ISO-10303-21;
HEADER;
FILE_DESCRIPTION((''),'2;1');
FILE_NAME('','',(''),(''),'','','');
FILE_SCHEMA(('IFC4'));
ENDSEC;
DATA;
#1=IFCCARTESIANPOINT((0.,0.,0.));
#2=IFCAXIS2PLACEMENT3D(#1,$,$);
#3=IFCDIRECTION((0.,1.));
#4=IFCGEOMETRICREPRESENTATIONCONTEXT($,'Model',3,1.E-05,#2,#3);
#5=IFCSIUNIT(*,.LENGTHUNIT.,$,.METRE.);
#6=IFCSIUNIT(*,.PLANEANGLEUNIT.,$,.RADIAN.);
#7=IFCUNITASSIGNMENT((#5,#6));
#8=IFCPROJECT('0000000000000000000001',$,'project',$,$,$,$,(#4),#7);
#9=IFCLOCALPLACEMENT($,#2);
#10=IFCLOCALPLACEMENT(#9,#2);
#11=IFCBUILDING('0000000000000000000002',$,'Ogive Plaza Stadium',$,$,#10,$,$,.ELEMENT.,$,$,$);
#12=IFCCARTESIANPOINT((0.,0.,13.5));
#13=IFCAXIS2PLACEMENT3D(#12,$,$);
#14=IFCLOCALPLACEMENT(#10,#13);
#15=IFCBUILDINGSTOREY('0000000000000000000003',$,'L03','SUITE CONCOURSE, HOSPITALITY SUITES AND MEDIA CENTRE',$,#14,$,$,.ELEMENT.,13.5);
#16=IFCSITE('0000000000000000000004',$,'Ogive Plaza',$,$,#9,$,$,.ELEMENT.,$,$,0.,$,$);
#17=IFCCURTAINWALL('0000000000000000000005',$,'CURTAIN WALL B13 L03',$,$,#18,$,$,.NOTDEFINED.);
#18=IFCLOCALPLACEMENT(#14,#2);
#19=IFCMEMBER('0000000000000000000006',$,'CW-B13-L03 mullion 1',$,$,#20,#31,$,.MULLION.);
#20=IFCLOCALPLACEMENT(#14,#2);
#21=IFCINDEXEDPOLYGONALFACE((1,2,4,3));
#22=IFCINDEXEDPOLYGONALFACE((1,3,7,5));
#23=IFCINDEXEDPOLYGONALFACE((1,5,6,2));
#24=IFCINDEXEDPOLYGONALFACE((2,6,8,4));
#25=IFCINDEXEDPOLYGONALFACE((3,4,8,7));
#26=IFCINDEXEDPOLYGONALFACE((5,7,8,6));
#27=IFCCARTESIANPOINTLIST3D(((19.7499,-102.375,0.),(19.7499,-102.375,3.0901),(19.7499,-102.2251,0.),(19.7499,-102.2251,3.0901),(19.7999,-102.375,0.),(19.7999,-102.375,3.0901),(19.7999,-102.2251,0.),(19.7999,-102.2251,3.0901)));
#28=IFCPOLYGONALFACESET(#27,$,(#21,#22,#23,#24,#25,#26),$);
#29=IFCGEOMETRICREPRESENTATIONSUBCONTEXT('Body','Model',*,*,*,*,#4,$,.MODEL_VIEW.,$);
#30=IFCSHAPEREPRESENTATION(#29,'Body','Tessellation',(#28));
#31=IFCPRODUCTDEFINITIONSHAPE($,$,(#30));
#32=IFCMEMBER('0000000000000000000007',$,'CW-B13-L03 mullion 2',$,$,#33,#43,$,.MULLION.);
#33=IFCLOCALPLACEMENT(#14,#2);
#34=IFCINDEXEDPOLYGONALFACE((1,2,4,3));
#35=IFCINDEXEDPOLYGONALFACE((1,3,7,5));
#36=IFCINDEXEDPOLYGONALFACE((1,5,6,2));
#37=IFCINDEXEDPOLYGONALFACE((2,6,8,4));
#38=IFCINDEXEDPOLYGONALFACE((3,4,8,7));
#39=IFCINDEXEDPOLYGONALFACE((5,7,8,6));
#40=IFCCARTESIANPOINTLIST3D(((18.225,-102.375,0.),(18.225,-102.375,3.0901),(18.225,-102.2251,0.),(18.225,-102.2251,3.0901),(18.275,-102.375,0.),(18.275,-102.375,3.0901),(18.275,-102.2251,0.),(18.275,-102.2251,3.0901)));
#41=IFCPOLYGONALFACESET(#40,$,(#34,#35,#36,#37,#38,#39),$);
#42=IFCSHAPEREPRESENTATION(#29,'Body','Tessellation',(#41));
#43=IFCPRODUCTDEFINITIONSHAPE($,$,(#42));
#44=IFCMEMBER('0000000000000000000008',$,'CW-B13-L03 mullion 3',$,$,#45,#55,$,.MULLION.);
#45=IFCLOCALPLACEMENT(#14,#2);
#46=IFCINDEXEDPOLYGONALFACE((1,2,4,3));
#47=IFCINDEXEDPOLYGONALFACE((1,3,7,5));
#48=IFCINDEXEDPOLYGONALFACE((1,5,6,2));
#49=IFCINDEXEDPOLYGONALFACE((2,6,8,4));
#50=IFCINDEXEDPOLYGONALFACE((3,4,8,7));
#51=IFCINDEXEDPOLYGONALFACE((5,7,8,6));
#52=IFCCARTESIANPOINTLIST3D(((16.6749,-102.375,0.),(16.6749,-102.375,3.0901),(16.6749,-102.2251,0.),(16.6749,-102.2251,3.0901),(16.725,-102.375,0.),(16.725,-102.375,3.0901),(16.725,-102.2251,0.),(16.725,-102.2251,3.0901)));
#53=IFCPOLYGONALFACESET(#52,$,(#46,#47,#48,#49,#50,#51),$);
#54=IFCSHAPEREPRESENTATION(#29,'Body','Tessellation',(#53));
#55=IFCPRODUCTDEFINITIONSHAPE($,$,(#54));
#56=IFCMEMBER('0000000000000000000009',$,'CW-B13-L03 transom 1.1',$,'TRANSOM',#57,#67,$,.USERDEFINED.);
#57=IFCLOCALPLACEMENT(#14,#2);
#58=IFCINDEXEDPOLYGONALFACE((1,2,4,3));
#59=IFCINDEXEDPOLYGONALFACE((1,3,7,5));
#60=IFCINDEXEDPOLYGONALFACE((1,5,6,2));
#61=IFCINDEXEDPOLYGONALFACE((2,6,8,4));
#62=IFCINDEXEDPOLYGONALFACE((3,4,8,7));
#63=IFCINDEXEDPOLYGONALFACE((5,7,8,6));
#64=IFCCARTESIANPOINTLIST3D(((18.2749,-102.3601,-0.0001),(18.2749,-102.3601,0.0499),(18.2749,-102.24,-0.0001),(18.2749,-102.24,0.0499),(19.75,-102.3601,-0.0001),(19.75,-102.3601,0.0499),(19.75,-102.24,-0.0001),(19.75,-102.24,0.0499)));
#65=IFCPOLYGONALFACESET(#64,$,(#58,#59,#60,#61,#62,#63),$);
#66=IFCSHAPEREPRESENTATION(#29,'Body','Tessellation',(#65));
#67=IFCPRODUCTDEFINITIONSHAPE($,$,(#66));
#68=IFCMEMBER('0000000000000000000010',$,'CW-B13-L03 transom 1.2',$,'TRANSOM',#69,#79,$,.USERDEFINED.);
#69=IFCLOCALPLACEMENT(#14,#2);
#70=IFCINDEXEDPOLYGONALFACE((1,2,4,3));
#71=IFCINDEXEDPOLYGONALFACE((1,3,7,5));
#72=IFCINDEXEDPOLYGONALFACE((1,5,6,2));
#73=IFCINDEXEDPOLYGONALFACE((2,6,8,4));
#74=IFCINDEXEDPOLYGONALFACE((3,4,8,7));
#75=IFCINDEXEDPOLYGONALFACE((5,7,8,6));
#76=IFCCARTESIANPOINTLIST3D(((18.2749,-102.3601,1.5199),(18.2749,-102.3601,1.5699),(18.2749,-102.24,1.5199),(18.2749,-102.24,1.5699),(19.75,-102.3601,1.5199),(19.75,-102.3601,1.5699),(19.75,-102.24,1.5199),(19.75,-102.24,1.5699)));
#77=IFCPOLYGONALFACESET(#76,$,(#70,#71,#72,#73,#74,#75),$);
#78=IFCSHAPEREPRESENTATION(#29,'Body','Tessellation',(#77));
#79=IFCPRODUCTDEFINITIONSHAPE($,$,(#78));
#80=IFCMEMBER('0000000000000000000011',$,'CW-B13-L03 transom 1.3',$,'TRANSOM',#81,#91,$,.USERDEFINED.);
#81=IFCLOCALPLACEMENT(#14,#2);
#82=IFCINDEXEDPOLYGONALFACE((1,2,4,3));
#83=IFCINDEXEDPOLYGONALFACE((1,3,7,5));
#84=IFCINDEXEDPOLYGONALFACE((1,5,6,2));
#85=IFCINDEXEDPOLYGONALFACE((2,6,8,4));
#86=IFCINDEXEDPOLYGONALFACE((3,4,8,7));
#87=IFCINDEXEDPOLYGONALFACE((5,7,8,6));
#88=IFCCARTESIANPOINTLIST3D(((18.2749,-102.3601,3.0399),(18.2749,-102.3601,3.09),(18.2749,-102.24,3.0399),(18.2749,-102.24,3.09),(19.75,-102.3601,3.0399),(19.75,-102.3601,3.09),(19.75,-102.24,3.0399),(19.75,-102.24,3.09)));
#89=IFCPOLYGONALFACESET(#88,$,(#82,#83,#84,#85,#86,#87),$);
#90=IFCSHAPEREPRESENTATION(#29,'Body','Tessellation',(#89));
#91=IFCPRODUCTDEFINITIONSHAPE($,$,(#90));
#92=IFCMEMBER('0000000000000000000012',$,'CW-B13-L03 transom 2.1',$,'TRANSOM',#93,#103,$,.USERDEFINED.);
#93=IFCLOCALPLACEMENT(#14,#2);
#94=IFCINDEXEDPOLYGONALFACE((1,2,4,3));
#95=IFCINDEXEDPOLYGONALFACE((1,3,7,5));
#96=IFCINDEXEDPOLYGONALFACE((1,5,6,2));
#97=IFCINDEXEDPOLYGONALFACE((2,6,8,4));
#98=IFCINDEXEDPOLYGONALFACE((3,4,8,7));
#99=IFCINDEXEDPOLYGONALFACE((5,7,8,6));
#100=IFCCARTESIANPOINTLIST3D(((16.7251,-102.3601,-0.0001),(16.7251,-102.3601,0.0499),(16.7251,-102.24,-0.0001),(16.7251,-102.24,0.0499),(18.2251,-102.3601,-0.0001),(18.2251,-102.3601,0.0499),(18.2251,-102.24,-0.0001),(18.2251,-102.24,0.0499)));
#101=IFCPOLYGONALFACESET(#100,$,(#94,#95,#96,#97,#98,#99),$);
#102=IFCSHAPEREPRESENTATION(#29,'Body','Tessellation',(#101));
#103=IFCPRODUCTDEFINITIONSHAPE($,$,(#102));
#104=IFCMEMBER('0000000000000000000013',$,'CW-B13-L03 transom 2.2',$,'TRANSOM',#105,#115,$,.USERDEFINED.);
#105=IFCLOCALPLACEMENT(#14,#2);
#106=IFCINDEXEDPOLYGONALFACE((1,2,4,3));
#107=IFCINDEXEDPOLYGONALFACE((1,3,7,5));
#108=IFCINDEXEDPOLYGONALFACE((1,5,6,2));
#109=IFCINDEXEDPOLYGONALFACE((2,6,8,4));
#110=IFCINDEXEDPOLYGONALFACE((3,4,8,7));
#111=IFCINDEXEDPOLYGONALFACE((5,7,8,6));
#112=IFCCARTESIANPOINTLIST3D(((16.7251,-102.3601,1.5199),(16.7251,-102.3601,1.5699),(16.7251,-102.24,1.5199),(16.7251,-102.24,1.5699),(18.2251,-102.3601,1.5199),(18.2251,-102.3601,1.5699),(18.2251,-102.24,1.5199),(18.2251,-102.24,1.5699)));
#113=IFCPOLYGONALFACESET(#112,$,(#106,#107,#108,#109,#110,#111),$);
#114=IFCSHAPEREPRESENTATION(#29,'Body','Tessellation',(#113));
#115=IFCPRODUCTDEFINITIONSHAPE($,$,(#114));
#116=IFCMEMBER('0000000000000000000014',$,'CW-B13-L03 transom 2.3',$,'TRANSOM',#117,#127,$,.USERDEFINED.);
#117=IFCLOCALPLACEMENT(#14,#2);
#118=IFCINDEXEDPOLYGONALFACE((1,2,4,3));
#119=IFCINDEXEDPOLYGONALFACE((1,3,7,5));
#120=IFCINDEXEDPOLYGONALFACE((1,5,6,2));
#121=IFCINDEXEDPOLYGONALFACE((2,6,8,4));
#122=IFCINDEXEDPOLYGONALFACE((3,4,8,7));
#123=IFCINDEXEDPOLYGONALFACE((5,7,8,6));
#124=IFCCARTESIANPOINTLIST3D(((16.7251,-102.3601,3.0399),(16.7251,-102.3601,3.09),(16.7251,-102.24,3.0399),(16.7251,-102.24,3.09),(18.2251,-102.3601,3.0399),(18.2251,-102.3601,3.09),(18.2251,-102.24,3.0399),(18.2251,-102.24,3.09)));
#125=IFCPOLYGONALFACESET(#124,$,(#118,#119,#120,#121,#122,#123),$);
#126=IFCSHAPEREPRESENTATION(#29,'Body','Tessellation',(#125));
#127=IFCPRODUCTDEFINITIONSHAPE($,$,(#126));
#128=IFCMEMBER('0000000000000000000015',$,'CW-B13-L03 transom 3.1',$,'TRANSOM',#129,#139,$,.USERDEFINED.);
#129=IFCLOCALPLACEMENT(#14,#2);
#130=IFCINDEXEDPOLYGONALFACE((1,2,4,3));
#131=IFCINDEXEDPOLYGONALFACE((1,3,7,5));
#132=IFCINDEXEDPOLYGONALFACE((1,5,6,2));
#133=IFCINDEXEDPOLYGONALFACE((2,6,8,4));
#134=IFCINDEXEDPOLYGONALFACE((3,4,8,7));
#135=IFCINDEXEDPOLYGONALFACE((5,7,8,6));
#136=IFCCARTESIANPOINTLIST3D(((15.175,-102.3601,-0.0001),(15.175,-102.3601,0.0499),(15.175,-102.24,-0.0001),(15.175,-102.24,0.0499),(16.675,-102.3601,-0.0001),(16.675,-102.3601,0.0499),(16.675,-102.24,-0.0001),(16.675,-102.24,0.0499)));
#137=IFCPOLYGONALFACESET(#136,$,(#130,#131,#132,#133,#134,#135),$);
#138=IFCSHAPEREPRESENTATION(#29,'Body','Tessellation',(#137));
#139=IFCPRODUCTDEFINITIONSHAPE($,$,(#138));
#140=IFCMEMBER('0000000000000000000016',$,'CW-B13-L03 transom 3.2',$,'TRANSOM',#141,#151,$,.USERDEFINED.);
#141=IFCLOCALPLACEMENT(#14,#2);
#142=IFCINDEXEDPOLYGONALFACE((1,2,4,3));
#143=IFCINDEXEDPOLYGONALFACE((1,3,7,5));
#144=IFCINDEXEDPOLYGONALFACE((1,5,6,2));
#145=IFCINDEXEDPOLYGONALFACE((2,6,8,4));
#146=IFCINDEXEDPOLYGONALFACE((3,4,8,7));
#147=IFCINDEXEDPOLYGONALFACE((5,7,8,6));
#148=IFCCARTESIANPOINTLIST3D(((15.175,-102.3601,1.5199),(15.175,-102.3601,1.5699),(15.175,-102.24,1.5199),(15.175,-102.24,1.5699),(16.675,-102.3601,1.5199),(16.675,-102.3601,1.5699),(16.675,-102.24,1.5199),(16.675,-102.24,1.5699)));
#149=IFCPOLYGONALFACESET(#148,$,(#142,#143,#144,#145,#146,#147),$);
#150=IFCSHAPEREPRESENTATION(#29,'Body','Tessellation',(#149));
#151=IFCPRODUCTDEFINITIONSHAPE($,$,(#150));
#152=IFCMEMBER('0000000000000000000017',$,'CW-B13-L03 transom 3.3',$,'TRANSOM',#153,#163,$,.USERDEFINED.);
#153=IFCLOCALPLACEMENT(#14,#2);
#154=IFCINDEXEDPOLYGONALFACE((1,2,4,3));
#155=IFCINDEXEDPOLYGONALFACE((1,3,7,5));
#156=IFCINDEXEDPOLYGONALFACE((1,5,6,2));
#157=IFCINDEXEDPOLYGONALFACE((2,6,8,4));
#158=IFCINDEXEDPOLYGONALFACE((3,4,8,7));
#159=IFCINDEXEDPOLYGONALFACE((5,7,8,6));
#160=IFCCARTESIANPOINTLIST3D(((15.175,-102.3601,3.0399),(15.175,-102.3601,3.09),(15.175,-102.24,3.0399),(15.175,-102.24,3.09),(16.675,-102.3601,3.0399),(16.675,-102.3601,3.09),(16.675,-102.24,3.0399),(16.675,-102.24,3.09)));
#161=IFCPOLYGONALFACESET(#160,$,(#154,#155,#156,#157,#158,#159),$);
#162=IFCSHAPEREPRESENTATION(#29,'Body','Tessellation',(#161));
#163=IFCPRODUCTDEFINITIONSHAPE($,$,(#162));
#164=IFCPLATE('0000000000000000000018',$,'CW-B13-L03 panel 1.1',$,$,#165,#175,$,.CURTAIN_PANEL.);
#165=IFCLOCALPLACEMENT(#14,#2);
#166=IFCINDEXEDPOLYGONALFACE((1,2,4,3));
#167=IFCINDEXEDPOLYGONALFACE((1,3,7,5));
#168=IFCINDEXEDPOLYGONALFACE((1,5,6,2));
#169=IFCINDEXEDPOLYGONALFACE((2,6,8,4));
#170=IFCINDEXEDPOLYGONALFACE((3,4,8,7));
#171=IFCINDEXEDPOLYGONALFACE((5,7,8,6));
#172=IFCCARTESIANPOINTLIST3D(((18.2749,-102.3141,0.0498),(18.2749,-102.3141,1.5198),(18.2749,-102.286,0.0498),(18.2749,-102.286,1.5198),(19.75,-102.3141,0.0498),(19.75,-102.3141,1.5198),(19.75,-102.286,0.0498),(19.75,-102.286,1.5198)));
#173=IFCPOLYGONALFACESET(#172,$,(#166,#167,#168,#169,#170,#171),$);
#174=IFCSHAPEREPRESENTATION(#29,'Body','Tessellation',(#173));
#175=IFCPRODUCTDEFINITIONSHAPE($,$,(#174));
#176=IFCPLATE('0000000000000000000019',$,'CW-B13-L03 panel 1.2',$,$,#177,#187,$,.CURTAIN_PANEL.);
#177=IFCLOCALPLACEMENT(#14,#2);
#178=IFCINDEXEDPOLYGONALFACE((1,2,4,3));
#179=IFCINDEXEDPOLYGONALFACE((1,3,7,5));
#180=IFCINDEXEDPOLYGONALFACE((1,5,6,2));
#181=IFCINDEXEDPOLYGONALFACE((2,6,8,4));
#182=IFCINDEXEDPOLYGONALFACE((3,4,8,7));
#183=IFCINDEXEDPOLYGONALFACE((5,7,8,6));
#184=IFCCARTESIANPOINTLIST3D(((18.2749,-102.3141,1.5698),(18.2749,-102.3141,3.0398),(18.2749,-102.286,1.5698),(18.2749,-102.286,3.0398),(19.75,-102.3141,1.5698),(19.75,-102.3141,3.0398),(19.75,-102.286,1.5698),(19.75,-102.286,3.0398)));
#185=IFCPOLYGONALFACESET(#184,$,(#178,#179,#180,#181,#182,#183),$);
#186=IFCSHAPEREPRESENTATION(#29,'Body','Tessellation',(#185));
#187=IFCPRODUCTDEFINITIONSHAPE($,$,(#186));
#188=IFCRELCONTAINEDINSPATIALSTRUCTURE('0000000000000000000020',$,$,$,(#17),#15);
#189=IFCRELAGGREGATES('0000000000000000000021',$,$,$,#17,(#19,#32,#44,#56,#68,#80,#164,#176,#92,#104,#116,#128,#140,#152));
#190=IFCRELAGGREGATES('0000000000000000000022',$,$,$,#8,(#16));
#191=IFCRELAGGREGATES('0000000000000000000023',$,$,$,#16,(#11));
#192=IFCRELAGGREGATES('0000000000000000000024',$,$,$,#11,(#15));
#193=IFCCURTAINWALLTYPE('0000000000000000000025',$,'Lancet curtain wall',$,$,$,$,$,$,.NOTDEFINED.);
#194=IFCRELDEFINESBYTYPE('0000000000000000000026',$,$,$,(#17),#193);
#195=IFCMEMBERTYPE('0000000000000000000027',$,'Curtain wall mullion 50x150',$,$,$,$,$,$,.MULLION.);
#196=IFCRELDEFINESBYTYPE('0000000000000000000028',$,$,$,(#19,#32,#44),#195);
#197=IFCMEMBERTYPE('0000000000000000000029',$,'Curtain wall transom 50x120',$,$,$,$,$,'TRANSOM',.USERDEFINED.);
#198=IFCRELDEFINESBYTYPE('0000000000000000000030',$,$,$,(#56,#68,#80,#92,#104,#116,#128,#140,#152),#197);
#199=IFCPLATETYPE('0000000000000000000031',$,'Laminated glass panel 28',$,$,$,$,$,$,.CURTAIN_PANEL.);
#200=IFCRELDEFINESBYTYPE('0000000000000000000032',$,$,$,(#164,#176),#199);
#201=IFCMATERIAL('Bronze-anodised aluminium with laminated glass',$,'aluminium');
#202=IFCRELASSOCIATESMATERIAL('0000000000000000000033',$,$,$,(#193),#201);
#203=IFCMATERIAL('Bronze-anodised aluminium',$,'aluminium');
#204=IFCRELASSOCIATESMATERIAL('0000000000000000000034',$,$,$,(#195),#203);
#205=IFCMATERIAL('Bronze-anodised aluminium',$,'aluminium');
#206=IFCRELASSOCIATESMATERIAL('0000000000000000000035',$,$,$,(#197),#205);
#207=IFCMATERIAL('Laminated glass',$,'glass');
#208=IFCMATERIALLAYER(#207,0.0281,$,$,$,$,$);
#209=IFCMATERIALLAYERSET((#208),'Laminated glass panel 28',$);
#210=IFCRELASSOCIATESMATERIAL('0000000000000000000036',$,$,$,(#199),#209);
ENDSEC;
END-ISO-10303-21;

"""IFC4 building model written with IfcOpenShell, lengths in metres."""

from ifc_helpers import new_model, si_unit, direction, frame, origin, origin_2d, place, context, subcontext, project, spatial, rectangle, extrude, material, layer, layer_set, material_profile, profile_set, type_object, element, aggregate, save


model = new_model("IFC4")

# Units and contexts
model_context = context("Model", 3, precision=1e-05, world=origin(), true_north=direction((0.0, 1.0)))
body_context = subcontext(model_context, "Body", "Model", "MODEL_VIEW")
ifc_project = project(units=[si_unit("LENGTHUNIT", "METRE"), si_unit("PLANEANGLEUNIT", "RADIAN")], contexts=[model_context])

# Site, building, storey
site_placement = place(None, origin())
site = spatial("IfcSite", under=ifc_project, at=site_placement, Name="Ogive Plaza", CompositionType="ELEMENT", RefElevation=0.0)
building_placement = place(site_placement, origin())
building = spatial("IfcBuilding", under=site, at=building_placement, Name="Ogive Plaza Stadium", CompositionType="ELEMENT")
storey_placement = place(building_placement, frame((0.0, 0.0, 13.5)))
storey = spatial("IfcBuildingStorey", under=building, at=storey_placement, Name="L03", Description="SUITE CONCOURSE, HOSPITALITY SUITES AND MEDIA CENTRE", CompositionType="ELEMENT", Elevation=13.5)

# Curtain wall, members, plates
ifc_material_1 = material(Name="Bronze-anodised aluminium with laminated glass", Category="aluminium")
curtain_wall_type = type_object("IfcCurtainWallType", Name="Lancet curtain wall", PredefinedType="NOTDEFINED", material=ifc_material_1)
curtain_wall_placement = place(storey_placement, origin())
curtain_wall = element("IfcCurtainWall", 1, at=curtain_wall_placement, inside=storey, type_object=curtain_wall_type, Name="CURTAIN WALL B13 L03", PredefinedType="NOTDEFINED")
ifc_material_2 = material(Name="Bronze-anodised aluminium", Category="aluminium")
ifc_material_profile_1 = material_profile(ifc_material_2, rectangle(XDim=0.1499, YDim=0.05, at=origin_2d()), Name="AL 150x50")
ifc_profile_set_1 = profile_set([ifc_material_profile_1], Name="Bronze-anodised aluminium")
member_type_1 = type_object("IfcMemberType", Name="Curtain wall mullion 50x150", PredefinedType="MULLION", material=ifc_profile_set_1)
member_1_placement = place(storey_placement, frame((19.7749, -102.3, 0.0), z_axis=(0.0, 0.0, 1.0), x_axis=(0.0, -1.0, 0.0)))
member_1 = element("IfcMember", 2, at=member_1_placement, type_object=member_type_1, Name="CW-B13-L03 mullion 1", PredefinedType="MULLION", context=body_context, shape_type="SweptSolid", body=[
    extrude(rectangle(XDim=0.1499, YDim=0.05, at=origin_2d()), origin(), (0.0, 0.0, 1.0), 3.0901),
])
member_2_placement = place(storey_placement, frame((18.25, -102.3, 0.0), z_axis=(0.0, 0.0, 1.0), x_axis=(0.0, -1.0, 0.0)))
member_2 = element("IfcMember", 3, at=member_2_placement, type_object=member_type_1, Name="CW-B13-L03 mullion 2", PredefinedType="MULLION", context=body_context, shape_type="SweptSolid", body=[
    extrude(rectangle(XDim=0.1499, YDim=0.05, at=origin_2d()), origin(), (0.0, 0.0, 1.0), 3.0901),
])
member_3_placement = place(storey_placement, frame((16.7, -102.3, 0.0), z_axis=(0.0, 0.0, 1.0), x_axis=(0.0, -1.0, 0.0)))
member_3 = element("IfcMember", 4, at=member_3_placement, type_object=member_type_1, Name="CW-B13-L03 mullion 3", PredefinedType="MULLION", context=body_context, shape_type="SweptSolid", body=[
    extrude(rectangle(XDim=0.1499, YDim=0.05, at=origin_2d()), origin(), (0.0, 0.0, 1.0), 3.0901),
])
ifc_material_3 = material(Name="Bronze-anodised aluminium", Category="aluminium")
ifc_material_profile_2 = material_profile(ifc_material_3, rectangle(XDim=0.1201, YDim=0.05, at=origin_2d()), Name="AL 120x50")
ifc_profile_set_2 = profile_set([ifc_material_profile_2], Name="Bronze-anodised aluminium")
member_type_2 = type_object("IfcMemberType", Name="Curtain wall transom 50x120", ElementType="TRANSOM", PredefinedType="USERDEFINED", material=ifc_profile_set_2)
member_4_placement = place(storey_placement, frame((19.75, -102.3, 0.0249), z_axis=(-1.0, 0.0, 0.0), x_axis=(0.0, -1.0, 0.0)))
member_4 = element("IfcMember", 5, at=member_4_placement, type_object=member_type_2, Name="CW-B13-L03 transom 1.1", ObjectType="TRANSOM", PredefinedType="USERDEFINED", context=body_context, shape_type="SweptSolid", body=[
    extrude(rectangle(XDim=0.1201, YDim=0.05, at=origin_2d()), origin(), (0.0, 0.0, 1.0), 1.4751),
])
member_5_placement = place(storey_placement, frame((19.75, -102.3, 1.5449), z_axis=(-1.0, 0.0, 0.0), x_axis=(0.0, -1.0, 0.0)))
member_5 = element("IfcMember", 6, at=member_5_placement, type_object=member_type_2, Name="CW-B13-L03 transom 1.2", ObjectType="TRANSOM", PredefinedType="USERDEFINED", context=body_context, shape_type="SweptSolid", body=[
    extrude(rectangle(XDim=0.1201, YDim=0.05, at=origin_2d()), origin(), (0.0, 0.0, 1.0), 1.4751),
])
member_6_placement = place(storey_placement, frame((19.75, -102.3, 3.0649), z_axis=(-1.0, 0.0, 0.0), x_axis=(0.0, -1.0, 0.0)))
member_6 = element("IfcMember", 7, at=member_6_placement, type_object=member_type_2, Name="CW-B13-L03 transom 1.3", ObjectType="TRANSOM", PredefinedType="USERDEFINED", context=body_context, shape_type="SweptSolid", body=[
    extrude(rectangle(XDim=0.1201, YDim=0.05, at=origin_2d()), origin(), (0.0, 0.0, 1.0), 1.4751),
])
member_7_placement = place(storey_placement, frame((18.2251, -102.3, 0.0249), z_axis=(-1.0, 0.0, 0.0), x_axis=(0.0, -1.0, 0.0)))
member_7 = element("IfcMember", 8, at=member_7_placement, type_object=member_type_2, Name="CW-B13-L03 transom 2.1", ObjectType="TRANSOM", PredefinedType="USERDEFINED", context=body_context, shape_type="SweptSolid", body=[
    extrude(rectangle(XDim=0.1201, YDim=0.05, at=origin_2d()), origin(), (0.0, 0.0, 1.0), 1.5),
])
member_8_placement = place(storey_placement, frame((18.2251, -102.3, 1.5449), z_axis=(-1.0, 0.0, 0.0), x_axis=(0.0, -1.0, 0.0)))
member_8 = element("IfcMember", 9, at=member_8_placement, type_object=member_type_2, Name="CW-B13-L03 transom 2.2", ObjectType="TRANSOM", PredefinedType="USERDEFINED", context=body_context, shape_type="SweptSolid", body=[
    extrude(rectangle(XDim=0.1201, YDim=0.05, at=origin_2d()), origin(), (0.0, 0.0, 1.0), 1.5),
])
member_9_placement = place(storey_placement, frame((18.2251, -102.3, 3.0649), z_axis=(-1.0, 0.0, 0.0), x_axis=(0.0, -1.0, 0.0)))
member_9 = element("IfcMember", 10, at=member_9_placement, type_object=member_type_2, Name="CW-B13-L03 transom 2.3", ObjectType="TRANSOM", PredefinedType="USERDEFINED", context=body_context, shape_type="SweptSolid", body=[
    extrude(rectangle(XDim=0.1201, YDim=0.05, at=origin_2d()), origin(), (0.0, 0.0, 1.0), 1.5),
])
member_10_placement = place(storey_placement, frame((16.675, -102.3, 0.0249), z_axis=(-1.0, 0.0, 0.0), x_axis=(0.0, -1.0, 0.0)))
member_10 = element("IfcMember", 11, at=member_10_placement, type_object=member_type_2, Name="CW-B13-L03 transom 3.1", ObjectType="TRANSOM", PredefinedType="USERDEFINED", context=body_context, shape_type="SweptSolid", body=[
    extrude(rectangle(XDim=0.1201, YDim=0.05, at=origin_2d()), origin(), (0.0, 0.0, 1.0), 1.5),
])
member_11_placement = place(storey_placement, frame((16.675, -102.3, 1.5449), z_axis=(-1.0, 0.0, 0.0), x_axis=(0.0, -1.0, 0.0)))
member_11 = element("IfcMember", 12, at=member_11_placement, type_object=member_type_2, Name="CW-B13-L03 transom 3.2", ObjectType="TRANSOM", PredefinedType="USERDEFINED", context=body_context, shape_type="SweptSolid", body=[
    extrude(rectangle(XDim=0.1201, YDim=0.05, at=origin_2d()), origin(), (0.0, 0.0, 1.0), 1.5),
])
member_12_placement = place(storey_placement, frame((16.675, -102.3, 3.0649), z_axis=(-1.0, 0.0, 0.0), x_axis=(0.0, -1.0, 0.0)))
member_12 = element("IfcMember", 13, at=member_12_placement, type_object=member_type_2, Name="CW-B13-L03 transom 3.3", ObjectType="TRANSOM", PredefinedType="USERDEFINED", context=body_context, shape_type="SweptSolid", body=[
    extrude(rectangle(XDim=0.1201, YDim=0.05, at=origin_2d()), origin(), (0.0, 0.0, 1.0), 1.5),
])
ifc_material_4 = material(Name="Laminated glass", Category="glass")
ifc_layer_1 = layer(ifc_material_4, 0.0281)
ifc_layer_set_1 = layer_set([ifc_layer_1], Name="Laminated glass panel 28")
plate_type = type_object("IfcPlateType", Name="Laminated glass panel 28", PredefinedType="CURTAIN_PANEL", material=ifc_layer_set_1)
plate_1_placement = place(storey_placement, frame((19.0125, -102.3, 0.0498), z_axis=(0.0, 0.0, 1.0), x_axis=(-1.0, 0.0, 0.0)))
plate_1 = element("IfcPlate", 14, at=plate_1_placement, type_object=plate_type, Name="CW-B13-L03 panel 1.1", PredefinedType="CURTAIN_PANEL", context=body_context, shape_type="SweptSolid", body=[
    extrude(rectangle(XDim=1.4751, YDim=0.0281, at=origin_2d()), origin(), (0.0, 0.0, 1.0), 1.47),
])
plate_2_placement = place(storey_placement, frame((19.0125, -102.3, 1.5698), z_axis=(0.0, 0.0, 1.0), x_axis=(-1.0, 0.0, 0.0)))
plate_2 = element("IfcPlate", 15, at=plate_2_placement, type_object=plate_type, Name="CW-B13-L03 panel 1.2", PredefinedType="CURTAIN_PANEL", context=body_context, shape_type="SweptSolid", body=[
    extrude(rectangle(XDim=1.4751, YDim=0.0281, at=origin_2d()), origin(), (0.0, 0.0, 1.0), 1.47),
])
aggregate(curtain_wall, [member_1, member_2, member_3, member_4, member_5, member_6, plate_1, plate_2, member_7, member_8, member_9, member_10, member_11, member_12])

save(model, "model.ifc")
